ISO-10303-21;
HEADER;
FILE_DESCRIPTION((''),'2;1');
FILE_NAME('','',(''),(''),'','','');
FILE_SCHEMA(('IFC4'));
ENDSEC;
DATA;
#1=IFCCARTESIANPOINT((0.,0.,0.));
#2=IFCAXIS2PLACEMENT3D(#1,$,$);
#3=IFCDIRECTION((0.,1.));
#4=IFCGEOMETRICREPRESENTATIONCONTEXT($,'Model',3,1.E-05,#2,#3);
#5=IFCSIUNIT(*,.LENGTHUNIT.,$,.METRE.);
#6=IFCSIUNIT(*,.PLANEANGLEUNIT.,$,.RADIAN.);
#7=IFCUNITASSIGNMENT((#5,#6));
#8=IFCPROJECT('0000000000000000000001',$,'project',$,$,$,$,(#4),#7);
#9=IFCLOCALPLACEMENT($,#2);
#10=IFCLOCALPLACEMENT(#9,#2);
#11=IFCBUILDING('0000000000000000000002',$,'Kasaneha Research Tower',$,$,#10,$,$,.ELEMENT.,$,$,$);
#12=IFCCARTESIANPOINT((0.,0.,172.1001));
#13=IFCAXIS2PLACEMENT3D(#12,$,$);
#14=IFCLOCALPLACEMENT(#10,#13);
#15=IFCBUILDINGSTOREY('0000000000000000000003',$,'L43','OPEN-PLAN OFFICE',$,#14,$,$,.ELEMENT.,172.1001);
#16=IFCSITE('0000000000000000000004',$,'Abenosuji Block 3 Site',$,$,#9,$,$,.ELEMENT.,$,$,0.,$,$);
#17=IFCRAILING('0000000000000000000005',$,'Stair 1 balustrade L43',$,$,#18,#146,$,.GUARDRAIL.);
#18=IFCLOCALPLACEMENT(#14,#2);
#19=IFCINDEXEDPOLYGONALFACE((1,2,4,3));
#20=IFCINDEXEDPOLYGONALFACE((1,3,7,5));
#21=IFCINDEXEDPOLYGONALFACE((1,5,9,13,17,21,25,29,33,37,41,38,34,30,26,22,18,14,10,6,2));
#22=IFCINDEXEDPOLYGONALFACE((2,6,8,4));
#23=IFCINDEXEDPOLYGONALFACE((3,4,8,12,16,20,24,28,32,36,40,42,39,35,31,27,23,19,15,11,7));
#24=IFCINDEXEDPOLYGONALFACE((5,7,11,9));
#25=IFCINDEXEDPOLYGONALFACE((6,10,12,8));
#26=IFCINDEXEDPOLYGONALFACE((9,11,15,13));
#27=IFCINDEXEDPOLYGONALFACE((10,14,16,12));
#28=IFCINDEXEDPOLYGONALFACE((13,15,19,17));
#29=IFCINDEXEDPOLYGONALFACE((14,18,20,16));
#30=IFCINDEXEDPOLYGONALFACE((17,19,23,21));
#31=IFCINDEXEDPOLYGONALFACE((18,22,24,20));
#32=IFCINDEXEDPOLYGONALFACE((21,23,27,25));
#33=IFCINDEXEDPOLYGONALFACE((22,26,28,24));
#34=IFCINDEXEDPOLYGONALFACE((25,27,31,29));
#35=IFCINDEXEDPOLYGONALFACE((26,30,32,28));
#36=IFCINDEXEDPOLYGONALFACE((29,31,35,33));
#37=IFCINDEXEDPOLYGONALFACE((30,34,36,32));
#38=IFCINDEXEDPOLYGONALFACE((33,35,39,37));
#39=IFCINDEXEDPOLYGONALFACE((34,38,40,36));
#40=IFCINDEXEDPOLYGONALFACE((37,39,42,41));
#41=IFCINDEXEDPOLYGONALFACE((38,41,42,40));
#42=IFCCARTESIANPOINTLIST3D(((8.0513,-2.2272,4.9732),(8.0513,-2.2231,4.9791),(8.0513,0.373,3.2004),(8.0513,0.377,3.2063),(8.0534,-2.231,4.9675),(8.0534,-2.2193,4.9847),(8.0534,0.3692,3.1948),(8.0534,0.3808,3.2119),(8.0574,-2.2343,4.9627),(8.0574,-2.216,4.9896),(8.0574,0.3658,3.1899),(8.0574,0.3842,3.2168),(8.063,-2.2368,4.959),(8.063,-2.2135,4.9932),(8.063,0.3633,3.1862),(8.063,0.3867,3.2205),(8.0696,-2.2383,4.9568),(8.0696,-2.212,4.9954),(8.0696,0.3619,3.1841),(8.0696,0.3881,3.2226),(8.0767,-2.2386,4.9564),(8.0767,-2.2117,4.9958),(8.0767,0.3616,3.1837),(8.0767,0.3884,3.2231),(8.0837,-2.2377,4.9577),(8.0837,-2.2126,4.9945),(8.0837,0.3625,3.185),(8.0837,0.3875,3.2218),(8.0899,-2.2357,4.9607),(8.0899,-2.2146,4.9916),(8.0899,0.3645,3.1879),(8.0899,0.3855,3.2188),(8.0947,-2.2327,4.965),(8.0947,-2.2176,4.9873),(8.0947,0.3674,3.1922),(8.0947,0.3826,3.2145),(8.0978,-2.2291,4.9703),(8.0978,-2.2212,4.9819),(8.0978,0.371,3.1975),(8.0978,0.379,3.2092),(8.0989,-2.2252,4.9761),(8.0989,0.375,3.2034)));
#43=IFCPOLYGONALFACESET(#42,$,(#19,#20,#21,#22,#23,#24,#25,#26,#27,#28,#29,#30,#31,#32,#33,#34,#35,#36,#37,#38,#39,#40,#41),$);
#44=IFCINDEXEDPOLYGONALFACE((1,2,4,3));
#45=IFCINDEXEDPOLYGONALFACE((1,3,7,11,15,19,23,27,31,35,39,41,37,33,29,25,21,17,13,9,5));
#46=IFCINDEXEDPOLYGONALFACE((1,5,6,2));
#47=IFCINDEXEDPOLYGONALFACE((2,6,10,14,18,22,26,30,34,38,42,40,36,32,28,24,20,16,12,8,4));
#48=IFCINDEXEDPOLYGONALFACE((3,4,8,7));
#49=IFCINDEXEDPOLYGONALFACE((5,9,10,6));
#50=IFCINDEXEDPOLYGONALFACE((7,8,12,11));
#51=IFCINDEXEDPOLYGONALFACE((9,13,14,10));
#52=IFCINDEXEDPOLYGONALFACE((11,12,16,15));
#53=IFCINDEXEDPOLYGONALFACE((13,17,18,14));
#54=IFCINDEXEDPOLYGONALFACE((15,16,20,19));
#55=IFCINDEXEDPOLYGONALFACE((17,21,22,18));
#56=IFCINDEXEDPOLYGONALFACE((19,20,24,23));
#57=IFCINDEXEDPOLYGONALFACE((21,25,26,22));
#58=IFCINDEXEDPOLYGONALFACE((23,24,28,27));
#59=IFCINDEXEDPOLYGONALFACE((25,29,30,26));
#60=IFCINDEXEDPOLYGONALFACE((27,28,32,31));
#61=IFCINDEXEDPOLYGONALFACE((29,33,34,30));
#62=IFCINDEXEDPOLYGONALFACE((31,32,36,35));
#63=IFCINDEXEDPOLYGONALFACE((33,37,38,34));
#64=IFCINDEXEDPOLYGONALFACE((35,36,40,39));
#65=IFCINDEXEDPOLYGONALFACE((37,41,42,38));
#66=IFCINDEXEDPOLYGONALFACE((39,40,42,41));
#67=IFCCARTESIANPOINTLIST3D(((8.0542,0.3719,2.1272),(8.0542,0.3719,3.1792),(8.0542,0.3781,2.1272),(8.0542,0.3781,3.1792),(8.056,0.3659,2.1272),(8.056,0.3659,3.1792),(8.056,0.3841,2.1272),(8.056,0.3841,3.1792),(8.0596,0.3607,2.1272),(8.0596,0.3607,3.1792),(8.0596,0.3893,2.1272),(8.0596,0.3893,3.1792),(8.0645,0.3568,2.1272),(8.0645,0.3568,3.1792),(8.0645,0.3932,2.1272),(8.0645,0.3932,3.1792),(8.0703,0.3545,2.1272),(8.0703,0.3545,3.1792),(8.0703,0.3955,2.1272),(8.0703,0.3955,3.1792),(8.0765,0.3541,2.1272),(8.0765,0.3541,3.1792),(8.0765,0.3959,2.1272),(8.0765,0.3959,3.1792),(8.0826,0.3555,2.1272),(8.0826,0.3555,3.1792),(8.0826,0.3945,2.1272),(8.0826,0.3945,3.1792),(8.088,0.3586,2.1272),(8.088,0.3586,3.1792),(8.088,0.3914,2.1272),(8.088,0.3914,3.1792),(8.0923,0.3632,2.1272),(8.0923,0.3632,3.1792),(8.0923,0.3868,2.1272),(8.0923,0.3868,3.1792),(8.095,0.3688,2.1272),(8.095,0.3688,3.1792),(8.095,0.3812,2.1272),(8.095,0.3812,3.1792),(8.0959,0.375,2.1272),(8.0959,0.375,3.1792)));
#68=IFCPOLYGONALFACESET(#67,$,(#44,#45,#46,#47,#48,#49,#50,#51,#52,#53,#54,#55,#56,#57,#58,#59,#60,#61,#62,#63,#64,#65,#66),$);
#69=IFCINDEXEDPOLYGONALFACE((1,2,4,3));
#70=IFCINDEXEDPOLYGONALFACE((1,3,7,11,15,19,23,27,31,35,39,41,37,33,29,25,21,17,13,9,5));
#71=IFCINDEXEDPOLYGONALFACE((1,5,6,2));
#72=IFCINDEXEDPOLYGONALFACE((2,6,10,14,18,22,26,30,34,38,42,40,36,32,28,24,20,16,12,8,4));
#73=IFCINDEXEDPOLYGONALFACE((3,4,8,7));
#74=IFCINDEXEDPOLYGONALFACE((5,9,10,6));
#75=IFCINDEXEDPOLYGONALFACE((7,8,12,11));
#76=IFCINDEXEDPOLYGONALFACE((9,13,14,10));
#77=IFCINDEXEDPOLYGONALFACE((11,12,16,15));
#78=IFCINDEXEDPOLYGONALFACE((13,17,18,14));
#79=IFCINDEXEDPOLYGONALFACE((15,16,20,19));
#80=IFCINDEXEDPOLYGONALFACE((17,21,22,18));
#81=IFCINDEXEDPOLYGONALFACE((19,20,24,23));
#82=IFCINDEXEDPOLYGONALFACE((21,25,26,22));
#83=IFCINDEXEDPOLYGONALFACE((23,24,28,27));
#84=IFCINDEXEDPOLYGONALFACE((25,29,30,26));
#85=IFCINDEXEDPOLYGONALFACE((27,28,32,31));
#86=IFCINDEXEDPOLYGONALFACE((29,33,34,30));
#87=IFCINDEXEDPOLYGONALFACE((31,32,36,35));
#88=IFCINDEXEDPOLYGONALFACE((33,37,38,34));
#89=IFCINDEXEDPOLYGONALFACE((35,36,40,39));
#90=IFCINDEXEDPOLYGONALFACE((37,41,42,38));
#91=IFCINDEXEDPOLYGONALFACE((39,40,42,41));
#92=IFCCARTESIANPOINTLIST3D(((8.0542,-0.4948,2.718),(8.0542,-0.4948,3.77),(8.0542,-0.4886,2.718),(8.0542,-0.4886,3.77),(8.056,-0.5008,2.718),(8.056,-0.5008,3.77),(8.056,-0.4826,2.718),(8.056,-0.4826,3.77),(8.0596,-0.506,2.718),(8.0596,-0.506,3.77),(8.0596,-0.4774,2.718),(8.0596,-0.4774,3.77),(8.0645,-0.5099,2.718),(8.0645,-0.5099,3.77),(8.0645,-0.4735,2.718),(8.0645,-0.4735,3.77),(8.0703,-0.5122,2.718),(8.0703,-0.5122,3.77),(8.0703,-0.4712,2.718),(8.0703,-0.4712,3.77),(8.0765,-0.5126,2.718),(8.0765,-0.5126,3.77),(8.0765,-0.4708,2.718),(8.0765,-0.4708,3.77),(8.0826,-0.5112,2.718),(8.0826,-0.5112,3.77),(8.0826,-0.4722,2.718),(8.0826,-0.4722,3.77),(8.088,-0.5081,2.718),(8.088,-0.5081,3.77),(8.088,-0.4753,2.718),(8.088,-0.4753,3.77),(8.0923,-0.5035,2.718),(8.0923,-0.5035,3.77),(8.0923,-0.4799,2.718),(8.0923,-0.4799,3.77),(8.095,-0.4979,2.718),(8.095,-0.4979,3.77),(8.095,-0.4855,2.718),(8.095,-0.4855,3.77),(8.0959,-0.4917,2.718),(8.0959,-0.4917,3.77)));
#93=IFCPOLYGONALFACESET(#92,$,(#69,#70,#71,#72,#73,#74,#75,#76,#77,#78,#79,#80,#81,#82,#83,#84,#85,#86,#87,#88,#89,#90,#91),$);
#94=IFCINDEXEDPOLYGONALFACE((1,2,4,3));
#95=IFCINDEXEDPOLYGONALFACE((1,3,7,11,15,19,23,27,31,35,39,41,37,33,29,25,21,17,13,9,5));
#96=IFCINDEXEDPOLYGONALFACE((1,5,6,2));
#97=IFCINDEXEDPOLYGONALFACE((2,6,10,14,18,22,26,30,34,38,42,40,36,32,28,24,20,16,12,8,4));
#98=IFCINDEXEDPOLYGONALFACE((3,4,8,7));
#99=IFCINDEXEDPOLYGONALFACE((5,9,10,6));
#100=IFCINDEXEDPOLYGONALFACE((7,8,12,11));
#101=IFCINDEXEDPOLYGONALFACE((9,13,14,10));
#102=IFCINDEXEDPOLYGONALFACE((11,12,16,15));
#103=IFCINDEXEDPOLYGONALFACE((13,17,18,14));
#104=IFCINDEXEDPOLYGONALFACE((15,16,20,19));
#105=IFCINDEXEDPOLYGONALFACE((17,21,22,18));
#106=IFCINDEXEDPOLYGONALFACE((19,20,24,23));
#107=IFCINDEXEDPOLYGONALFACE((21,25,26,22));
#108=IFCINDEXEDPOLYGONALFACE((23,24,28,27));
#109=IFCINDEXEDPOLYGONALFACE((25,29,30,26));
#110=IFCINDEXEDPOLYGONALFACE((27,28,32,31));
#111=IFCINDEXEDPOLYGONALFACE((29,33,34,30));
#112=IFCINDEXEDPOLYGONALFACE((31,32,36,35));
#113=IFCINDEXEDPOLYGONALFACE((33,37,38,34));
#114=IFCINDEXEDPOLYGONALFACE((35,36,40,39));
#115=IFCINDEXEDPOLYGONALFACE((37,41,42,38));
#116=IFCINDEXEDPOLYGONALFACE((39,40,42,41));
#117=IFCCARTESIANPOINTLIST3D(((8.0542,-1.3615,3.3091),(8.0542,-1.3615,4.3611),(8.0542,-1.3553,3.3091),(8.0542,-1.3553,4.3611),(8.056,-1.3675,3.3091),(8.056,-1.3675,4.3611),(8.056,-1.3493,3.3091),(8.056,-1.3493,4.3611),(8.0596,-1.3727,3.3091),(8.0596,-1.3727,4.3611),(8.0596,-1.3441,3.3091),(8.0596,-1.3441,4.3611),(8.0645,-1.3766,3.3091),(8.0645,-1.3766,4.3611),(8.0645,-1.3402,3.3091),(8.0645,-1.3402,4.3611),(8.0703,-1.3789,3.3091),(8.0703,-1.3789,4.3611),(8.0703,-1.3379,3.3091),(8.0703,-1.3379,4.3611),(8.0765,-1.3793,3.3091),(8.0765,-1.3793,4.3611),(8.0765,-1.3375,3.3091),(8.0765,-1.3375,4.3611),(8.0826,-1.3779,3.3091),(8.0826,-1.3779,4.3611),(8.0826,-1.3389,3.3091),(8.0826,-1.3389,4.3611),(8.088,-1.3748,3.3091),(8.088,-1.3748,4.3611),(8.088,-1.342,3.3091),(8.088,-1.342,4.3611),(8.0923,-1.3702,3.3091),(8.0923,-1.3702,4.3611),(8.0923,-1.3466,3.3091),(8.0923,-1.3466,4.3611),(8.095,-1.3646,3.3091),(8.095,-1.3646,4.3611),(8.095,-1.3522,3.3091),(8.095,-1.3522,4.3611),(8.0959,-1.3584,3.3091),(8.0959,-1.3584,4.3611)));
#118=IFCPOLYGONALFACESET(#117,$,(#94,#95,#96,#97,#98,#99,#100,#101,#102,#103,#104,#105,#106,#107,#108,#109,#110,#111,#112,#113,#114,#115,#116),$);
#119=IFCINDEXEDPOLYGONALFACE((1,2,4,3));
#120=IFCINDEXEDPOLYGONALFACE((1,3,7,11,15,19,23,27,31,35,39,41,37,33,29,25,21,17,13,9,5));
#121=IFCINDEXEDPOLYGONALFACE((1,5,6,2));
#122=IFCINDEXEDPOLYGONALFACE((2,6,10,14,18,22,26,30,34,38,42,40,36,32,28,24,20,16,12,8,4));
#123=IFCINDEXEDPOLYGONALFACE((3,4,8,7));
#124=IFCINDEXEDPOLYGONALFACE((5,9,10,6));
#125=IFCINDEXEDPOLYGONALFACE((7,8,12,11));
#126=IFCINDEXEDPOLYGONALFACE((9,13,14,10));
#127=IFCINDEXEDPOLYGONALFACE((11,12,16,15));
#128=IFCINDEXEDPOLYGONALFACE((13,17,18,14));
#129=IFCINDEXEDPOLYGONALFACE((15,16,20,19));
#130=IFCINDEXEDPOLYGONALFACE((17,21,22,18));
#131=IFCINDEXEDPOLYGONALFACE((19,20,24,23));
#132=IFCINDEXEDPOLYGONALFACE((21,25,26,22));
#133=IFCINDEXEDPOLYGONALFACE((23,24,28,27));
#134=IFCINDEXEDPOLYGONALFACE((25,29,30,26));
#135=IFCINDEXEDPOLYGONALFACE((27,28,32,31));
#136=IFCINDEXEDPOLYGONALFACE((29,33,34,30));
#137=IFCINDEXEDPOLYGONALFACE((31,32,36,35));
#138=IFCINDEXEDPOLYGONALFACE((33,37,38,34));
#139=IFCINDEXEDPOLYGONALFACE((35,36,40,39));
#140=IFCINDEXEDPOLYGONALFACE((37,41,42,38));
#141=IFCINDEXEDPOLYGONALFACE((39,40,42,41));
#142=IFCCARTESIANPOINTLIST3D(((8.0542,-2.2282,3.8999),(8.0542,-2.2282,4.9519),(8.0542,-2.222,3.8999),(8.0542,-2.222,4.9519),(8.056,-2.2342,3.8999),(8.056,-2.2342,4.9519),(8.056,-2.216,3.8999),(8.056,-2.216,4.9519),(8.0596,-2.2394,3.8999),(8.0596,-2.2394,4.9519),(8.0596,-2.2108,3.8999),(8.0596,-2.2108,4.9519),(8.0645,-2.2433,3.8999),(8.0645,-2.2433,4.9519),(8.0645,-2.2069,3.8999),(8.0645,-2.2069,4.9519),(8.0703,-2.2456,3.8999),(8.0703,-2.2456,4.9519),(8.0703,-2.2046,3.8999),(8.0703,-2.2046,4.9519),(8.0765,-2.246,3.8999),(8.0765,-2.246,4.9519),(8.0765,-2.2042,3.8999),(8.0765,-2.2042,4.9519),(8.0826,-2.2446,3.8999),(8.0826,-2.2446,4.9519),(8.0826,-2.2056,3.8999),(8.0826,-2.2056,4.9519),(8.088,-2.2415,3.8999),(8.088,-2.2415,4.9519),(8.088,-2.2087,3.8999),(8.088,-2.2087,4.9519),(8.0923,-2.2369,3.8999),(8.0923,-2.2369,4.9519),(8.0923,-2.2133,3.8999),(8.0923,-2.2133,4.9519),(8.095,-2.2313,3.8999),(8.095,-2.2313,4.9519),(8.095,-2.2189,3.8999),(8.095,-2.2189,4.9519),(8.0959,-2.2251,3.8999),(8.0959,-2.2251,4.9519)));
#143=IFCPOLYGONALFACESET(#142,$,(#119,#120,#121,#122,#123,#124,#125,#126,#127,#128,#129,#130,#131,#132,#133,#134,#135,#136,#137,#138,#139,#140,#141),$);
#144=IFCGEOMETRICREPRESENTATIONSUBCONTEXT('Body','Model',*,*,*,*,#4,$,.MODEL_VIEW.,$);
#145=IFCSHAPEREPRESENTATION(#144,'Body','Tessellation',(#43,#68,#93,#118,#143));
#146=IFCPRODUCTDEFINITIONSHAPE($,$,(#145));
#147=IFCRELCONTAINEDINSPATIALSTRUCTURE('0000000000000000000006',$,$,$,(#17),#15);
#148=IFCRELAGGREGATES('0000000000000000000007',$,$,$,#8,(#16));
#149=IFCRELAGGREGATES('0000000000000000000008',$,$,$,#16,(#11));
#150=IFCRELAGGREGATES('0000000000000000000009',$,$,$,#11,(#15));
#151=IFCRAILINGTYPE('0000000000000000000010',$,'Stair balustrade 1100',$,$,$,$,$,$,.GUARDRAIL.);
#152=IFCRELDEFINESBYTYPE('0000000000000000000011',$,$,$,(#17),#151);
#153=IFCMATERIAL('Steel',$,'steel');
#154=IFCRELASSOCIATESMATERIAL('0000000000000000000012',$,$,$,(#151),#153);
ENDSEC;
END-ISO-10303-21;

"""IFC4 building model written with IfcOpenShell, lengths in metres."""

from ifc_helpers import new_model, si_unit, direction, frame, origin, origin_2d, place, context, subcontext, project, spatial, circle, extrude, material, type_object, element, save


model = new_model("IFC4")

# Units and contexts
model_context = context("Model", 3, precision=1e-05, world=origin(), true_north=direction((0.0, 1.0)))
body_context = subcontext(model_context, "Body", "Model", "MODEL_VIEW")
ifc_project = project(units=[si_unit("LENGTHUNIT", "METRE"), si_unit("PLANEANGLEUNIT", "RADIAN")], contexts=[model_context])

# Site, building, storey
site_placement = place(None, origin())
site = spatial("IfcSite", under=ifc_project, at=site_placement, Name="Abenosuji Block 3 Site", CompositionType="ELEMENT", RefElevation=0.0)
building_placement = place(site_placement, origin())
building = spatial("IfcBuilding", under=site, at=building_placement, Name="Kasaneha Research Tower", CompositionType="ELEMENT")
storey_placement = place(building_placement, frame((0.0, 0.0, 172.1001)))
storey = spatial("IfcBuildingStorey", under=building, at=storey_placement, Name="L43", Description="OPEN-PLAN OFFICE", CompositionType="ELEMENT", Elevation=172.1001)

# Railing
ifc_material_1 = material(Name="Steel", Category="steel")
railing_type_1 = type_object("IfcRailingType", Name="Stair balustrade 1100", PredefinedType="GUARDRAIL", material=ifc_material_1)
railing_1_placement = place(storey_placement, frame((8.075, 0.375, 2.1272)))
element("IfcRailing", 1, at=railing_1_placement, inside=storey, type_object=railing_type_1, Name="Stair 1 balustrade L43", PredefinedType="GUARDRAIL", context=body_context, shape_type="SweptSolid", body=[
    extrude(circle(Radius=0.0239, at=origin_2d()), frame((0.0, 0.0, 1.0762), z_axis=(0.0, -0.82624, 0.563318), x_axis=(1.0, 0.0, 0.0)), (0.0, 0.0, 1.0), 3.147),
    extrude(circle(Radius=0.021, at=origin_2d()), origin(), (0.0, 0.0, 1.0), 1.052),
    extrude(circle(Radius=0.021, at=origin_2d()), frame((0.0, -0.8667, 0.5908)), (0.0, 0.0, 1.0), 1.052),
    extrude(circle(Radius=0.021, at=origin_2d()), frame((0.0, -1.7334, 1.1819)), (0.0, 0.0, 1.0), 1.052),
    extrude(circle(Radius=0.021, at=origin_2d()), frame((0.0, -2.6001, 1.7727)), (0.0, 0.0, 1.0), 1.052),
])

save(model, "model.ifc")
